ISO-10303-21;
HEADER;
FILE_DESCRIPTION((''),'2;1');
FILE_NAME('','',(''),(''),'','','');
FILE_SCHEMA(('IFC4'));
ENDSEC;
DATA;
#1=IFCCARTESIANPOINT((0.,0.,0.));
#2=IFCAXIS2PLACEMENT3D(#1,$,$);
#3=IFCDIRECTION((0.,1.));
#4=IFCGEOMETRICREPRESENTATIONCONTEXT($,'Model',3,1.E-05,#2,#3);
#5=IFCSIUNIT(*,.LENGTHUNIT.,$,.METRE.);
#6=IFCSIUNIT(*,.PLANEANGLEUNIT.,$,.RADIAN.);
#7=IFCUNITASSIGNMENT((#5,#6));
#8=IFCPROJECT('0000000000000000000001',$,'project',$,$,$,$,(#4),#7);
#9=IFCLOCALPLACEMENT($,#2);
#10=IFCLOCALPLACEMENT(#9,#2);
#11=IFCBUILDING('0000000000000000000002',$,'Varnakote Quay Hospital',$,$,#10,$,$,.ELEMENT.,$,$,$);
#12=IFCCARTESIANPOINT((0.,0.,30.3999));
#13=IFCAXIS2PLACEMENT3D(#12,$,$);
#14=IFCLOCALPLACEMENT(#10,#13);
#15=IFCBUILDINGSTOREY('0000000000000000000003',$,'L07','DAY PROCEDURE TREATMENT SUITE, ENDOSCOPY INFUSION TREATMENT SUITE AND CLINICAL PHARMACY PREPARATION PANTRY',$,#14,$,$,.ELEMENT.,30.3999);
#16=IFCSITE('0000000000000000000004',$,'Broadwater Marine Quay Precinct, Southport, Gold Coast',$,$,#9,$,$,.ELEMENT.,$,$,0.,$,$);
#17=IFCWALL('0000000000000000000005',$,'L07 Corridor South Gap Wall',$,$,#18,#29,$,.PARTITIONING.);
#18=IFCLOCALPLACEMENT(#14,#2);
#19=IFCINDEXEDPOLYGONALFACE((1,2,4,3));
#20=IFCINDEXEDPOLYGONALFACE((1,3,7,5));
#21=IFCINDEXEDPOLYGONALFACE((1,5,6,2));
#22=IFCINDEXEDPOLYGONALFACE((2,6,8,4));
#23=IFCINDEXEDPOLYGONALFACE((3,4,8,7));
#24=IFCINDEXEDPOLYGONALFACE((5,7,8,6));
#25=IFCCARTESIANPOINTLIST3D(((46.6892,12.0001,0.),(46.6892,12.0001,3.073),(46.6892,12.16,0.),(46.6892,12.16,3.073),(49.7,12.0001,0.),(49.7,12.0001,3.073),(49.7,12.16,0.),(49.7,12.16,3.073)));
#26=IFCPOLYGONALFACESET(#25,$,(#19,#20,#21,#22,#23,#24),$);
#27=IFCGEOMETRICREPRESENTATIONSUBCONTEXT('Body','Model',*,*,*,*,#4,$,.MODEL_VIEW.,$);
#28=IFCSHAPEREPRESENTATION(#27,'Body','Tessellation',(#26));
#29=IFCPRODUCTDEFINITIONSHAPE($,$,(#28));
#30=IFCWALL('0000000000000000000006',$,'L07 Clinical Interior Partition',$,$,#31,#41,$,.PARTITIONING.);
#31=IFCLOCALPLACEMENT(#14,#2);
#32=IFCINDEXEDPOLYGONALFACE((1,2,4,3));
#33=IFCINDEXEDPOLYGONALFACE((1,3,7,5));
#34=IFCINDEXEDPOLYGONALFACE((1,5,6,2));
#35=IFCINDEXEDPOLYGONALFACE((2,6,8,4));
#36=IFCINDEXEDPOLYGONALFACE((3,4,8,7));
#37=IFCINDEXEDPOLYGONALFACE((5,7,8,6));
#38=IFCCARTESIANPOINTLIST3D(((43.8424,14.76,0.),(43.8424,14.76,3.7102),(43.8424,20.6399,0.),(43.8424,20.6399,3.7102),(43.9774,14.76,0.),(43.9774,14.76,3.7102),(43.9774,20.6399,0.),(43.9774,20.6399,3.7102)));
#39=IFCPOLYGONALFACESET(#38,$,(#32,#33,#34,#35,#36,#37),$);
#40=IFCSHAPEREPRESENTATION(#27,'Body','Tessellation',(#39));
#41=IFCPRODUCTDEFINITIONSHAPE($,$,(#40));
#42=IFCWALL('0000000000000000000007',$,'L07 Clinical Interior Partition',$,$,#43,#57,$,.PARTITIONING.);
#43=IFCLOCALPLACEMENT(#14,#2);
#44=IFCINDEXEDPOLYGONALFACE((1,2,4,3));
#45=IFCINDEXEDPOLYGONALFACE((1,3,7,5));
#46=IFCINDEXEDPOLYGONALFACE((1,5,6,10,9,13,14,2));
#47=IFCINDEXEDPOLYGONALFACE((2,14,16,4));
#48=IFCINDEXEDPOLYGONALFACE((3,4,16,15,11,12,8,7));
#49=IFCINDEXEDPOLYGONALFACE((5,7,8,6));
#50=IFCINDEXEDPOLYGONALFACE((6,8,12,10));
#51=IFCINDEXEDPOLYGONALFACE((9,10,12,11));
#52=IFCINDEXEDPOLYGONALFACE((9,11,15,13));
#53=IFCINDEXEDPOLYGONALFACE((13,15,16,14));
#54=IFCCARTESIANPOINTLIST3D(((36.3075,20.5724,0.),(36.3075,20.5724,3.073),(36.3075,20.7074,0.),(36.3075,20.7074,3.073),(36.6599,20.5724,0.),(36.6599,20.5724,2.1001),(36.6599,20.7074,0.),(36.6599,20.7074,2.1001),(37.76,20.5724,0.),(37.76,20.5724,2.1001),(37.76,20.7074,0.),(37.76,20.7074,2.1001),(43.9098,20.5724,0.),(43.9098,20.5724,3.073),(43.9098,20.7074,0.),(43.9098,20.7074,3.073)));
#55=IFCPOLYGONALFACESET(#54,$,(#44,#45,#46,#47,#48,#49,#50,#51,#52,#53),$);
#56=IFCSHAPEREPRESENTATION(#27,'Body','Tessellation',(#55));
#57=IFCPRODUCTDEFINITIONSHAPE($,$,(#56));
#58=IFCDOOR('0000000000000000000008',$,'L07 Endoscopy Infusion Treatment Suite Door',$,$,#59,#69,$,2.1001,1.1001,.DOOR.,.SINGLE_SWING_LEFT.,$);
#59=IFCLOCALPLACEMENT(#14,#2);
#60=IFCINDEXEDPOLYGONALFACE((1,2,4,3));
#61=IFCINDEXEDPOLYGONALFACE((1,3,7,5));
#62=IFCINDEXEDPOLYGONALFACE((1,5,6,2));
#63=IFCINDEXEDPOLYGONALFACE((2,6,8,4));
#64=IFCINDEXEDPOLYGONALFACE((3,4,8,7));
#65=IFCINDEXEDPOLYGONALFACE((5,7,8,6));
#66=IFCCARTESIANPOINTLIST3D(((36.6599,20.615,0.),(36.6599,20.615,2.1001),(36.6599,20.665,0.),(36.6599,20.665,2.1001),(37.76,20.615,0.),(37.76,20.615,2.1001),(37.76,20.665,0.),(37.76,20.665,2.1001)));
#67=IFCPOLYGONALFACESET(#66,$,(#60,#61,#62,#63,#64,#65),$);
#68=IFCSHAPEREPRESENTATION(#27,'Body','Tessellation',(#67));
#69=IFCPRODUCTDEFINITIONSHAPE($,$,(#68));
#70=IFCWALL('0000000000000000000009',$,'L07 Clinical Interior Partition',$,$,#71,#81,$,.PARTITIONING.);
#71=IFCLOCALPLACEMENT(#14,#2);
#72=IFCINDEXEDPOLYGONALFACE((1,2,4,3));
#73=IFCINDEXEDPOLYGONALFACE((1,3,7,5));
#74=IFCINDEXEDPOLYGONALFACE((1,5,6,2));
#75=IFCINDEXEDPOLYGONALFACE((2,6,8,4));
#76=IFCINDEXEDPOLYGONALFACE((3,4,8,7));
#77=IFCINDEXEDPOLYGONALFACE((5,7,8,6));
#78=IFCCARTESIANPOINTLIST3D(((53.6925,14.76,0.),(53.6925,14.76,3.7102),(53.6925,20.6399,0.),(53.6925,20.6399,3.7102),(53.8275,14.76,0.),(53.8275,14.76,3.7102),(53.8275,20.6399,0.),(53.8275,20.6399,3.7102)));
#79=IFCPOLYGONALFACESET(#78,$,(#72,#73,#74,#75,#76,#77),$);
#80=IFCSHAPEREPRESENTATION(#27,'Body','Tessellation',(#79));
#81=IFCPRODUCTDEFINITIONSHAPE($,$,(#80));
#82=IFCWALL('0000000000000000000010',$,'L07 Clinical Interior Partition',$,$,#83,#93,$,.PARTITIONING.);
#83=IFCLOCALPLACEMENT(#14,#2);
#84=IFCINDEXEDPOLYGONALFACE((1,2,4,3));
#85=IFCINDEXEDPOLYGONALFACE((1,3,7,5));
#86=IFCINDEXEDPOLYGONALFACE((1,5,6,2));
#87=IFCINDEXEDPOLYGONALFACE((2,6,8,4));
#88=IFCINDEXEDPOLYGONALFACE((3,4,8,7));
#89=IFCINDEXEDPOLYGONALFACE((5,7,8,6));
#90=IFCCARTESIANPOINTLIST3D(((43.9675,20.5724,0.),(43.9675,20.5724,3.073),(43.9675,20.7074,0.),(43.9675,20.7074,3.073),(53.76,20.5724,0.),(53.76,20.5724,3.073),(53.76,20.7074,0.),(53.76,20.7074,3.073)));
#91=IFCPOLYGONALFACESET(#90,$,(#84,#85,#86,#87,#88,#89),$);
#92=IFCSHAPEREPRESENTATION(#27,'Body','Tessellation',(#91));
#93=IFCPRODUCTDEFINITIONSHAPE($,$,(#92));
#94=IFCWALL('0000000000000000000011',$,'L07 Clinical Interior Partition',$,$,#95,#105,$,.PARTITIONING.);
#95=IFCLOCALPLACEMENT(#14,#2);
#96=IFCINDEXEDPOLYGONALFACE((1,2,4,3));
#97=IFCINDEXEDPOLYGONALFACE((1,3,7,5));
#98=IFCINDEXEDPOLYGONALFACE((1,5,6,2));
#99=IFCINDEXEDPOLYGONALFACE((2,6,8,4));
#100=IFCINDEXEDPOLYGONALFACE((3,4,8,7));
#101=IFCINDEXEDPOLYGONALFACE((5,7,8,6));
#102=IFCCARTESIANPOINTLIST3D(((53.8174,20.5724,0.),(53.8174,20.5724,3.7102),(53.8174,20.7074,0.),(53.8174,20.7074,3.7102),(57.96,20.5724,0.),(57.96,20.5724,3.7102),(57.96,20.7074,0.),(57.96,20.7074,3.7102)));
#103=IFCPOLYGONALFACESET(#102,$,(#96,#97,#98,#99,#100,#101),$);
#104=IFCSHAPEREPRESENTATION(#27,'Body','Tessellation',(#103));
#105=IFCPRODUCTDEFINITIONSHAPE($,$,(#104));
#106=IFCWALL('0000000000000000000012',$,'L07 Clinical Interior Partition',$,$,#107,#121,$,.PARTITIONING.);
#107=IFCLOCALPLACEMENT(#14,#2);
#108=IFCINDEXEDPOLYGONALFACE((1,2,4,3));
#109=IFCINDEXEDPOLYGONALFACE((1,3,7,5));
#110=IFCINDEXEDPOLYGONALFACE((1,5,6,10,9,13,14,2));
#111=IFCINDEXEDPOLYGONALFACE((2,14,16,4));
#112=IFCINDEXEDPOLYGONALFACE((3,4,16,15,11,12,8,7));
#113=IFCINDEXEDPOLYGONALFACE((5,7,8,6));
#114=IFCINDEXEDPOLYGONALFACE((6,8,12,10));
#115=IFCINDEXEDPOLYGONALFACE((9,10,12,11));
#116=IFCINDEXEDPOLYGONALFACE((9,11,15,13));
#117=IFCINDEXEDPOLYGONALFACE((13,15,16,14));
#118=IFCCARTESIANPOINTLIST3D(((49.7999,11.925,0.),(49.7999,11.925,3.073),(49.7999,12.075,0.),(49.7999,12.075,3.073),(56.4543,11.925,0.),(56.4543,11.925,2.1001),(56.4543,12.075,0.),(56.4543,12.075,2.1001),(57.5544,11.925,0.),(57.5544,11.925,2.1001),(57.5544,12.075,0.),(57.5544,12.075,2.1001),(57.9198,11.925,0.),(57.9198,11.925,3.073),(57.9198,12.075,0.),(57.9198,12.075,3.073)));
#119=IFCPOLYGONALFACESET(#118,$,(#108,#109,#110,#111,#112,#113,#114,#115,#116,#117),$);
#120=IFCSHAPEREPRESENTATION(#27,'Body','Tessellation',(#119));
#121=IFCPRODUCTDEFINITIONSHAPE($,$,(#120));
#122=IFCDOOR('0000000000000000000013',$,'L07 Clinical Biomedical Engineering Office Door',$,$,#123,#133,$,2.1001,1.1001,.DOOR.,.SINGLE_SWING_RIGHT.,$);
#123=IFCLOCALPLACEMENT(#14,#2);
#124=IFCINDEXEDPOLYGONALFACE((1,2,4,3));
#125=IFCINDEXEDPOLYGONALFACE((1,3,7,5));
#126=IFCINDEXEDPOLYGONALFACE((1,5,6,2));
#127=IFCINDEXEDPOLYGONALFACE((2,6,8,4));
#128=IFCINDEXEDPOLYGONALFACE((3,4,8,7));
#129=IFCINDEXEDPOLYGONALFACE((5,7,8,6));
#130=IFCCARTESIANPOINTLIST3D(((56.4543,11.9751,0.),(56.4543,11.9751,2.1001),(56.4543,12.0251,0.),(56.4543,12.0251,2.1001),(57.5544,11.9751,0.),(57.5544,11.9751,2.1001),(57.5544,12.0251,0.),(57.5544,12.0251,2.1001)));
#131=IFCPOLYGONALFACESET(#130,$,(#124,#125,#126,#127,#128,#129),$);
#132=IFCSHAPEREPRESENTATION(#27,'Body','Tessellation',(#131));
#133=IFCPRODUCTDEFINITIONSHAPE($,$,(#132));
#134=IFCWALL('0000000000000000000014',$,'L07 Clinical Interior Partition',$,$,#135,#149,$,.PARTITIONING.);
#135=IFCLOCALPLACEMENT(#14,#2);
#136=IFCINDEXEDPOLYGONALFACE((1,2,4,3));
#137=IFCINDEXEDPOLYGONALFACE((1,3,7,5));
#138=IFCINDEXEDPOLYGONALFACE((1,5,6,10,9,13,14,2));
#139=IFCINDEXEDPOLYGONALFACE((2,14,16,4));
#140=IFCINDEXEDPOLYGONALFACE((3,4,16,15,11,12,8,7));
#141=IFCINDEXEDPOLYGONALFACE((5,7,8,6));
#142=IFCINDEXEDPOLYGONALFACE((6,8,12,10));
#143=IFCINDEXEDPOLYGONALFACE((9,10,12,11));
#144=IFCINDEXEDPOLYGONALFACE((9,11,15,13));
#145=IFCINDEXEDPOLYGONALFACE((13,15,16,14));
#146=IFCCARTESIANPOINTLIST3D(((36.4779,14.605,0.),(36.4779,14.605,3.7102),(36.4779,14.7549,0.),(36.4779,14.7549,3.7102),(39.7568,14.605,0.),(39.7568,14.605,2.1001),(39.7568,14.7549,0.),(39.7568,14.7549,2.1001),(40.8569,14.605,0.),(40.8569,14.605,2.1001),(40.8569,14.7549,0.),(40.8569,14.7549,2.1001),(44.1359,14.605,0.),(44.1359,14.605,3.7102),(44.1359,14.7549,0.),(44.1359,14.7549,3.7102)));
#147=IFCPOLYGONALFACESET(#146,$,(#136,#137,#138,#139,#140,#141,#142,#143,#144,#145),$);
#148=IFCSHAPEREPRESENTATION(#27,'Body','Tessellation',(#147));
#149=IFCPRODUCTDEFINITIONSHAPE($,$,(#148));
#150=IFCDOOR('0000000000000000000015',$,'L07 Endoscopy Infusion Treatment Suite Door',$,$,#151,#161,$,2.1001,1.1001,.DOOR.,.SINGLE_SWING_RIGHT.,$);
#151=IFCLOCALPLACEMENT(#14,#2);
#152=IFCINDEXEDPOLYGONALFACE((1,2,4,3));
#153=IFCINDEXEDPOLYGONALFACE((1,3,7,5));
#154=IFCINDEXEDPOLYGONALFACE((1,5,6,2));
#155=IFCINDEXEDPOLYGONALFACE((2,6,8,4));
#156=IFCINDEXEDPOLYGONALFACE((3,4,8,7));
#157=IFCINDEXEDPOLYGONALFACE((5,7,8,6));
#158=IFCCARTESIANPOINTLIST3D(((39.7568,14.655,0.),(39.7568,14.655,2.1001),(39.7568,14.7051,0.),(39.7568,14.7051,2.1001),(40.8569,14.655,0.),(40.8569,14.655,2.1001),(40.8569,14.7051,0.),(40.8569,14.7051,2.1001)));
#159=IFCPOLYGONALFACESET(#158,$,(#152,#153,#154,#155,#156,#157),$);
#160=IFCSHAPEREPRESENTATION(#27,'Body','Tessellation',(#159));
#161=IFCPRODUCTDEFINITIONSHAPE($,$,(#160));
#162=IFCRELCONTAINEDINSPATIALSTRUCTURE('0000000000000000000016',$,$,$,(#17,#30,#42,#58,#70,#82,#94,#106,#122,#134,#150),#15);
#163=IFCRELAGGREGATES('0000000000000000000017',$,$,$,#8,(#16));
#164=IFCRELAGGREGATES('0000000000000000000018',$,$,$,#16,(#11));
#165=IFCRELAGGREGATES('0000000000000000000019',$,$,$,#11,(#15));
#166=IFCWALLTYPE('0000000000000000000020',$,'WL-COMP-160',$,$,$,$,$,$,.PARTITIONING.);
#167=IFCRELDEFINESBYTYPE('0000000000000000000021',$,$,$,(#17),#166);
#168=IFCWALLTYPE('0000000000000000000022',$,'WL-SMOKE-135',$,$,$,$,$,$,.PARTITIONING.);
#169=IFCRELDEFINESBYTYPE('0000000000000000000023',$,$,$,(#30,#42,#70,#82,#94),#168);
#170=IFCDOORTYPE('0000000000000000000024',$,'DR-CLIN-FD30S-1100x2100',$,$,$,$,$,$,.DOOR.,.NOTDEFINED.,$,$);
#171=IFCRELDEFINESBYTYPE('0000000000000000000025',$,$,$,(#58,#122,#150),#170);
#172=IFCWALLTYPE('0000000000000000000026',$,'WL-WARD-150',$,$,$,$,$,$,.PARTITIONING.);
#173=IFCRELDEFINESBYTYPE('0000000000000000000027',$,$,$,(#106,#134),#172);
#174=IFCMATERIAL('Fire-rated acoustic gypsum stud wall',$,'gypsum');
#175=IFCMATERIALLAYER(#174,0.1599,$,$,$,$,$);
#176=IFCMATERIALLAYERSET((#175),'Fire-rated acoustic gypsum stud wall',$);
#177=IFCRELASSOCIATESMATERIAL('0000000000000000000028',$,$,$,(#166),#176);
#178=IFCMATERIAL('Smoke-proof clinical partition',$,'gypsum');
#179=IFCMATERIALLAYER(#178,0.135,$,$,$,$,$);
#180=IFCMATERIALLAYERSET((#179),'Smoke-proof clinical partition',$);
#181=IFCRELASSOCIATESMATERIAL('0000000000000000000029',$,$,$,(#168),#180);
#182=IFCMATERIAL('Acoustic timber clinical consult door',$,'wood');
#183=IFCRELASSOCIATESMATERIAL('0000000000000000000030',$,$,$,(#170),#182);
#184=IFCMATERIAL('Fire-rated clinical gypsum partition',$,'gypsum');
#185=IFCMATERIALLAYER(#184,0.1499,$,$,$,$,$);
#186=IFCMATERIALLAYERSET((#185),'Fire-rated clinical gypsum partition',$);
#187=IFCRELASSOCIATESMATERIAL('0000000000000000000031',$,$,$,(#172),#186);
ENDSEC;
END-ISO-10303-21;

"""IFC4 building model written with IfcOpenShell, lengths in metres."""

from ifc_helpers import new_model, si_unit, direction, frame, frame_2d, origin, place, context, subcontext, project, spatial, rectangle, extrude, material, layer, layer_set, type_object, element, fill, save


model = new_model("IFC4")

# Units and contexts
model_context = context("Model", 3, precision=1e-05, world=origin(), true_north=direction((0.0, 1.0)))
body_context = subcontext(model_context, "Body", "Model", "MODEL_VIEW")
ifc_project = project(units=[si_unit("LENGTHUNIT", "METRE"), si_unit("PLANEANGLEUNIT", "RADIAN")], contexts=[model_context])

# Site, building, storey
site_placement = place(None, origin())
site = spatial("IfcSite", under=ifc_project, at=site_placement, Name="Broadwater Marine Quay Precinct, Southport, Gold Coast", CompositionType="ELEMENT", RefElevation=0.0)
building_placement = place(site_placement, origin())
building = spatial("IfcBuilding", under=site, at=building_placement, Name="Varnakote Quay Hospital", CompositionType="ELEMENT")
storey_placement = place(building_placement, frame((0.0, 0.0, 30.3999)))
storey = spatial("IfcBuildingStorey", under=building, at=storey_placement, Name="L07", Description="DAY PROCEDURE TREATMENT SUITE, ENDOSCOPY INFUSION TREATMENT SUITE AND CLINICAL PHARMACY PREPARATION PANTRY", CompositionType="ELEMENT", Elevation=30.3999)

# Wall
ifc_material_1 = material(Name="Fire-rated acoustic gypsum stud wall", Category="gypsum")
ifc_layer_1 = layer(ifc_material_1, 0.1599)
ifc_layer_set_1 = layer_set([ifc_layer_1], Name="Fire-rated acoustic gypsum stud wall")
wall_type_1 = type_object("IfcWallType", Name="WL-COMP-160", PredefinedType="PARTITIONING", material=ifc_layer_set_1)
wall_1_placement = place(storey_placement, frame((46.6892, 12.0801, 0.0), z_axis=(0.0, 0.0, 1.0), x_axis=(1.0, 0.0, 0.0)))
element("IfcWall", 1, at=wall_1_placement, inside=storey, type_object=wall_type_1, Name="L07 Corridor South Gap Wall", PredefinedType="PARTITIONING", context=body_context, shape_type="SweptSolid", body=[
    extrude(rectangle(XDim=3.0107, YDim=0.1599, at=frame_2d((1.5054, 0.0))), origin(), (0.0, 0.0, 1.0), 3.073),
])

# Wall
ifc_material_2 = material(Name="Smoke-proof clinical partition", Category="gypsum")
ifc_layer_2 = layer(ifc_material_2, 0.135)
ifc_layer_set_2 = layer_set([ifc_layer_2], Name="Smoke-proof clinical partition")
wall_type_2 = type_object("IfcWallType", Name="WL-SMOKE-135", PredefinedType="PARTITIONING", material=ifc_layer_set_2)
wall_2_placement = place(storey_placement, frame((43.9099, 14.76, 0.0), z_axis=(0.0, 0.0, 1.0), x_axis=(0.0, 1.0, 0.0)))
element("IfcWall", 2, at=wall_2_placement, inside=storey, type_object=wall_type_2, Name="L07 Clinical Interior Partition", PredefinedType="PARTITIONING", context=body_context, shape_type="SweptSolid", body=[
    extrude(rectangle(XDim=5.8799, YDim=0.135, at=frame_2d((2.9399, 0.0))), origin(), (0.0, 0.0, 1.0), 3.7102),
])

# Wall, opening, door
wall_3_placement = place(storey_placement, frame((43.9099, 20.6399, 0.0), z_axis=(0.0, 0.0, 1.0), x_axis=(-1.0, 0.0, 0.0)))
wall_3 = element("IfcWall", 3, at=wall_3_placement, inside=storey, type_object=wall_type_2, Name="L07 Clinical Interior Partition", PredefinedType="PARTITIONING", context=body_context, shape_type="SweptSolid", body=[
    extrude(rectangle(XDim=7.6023, YDim=0.135, at=frame_2d((3.8013, 0.0))), origin(), (0.0, 0.0, 1.0), 3.073),
])
opening_1_placement = place(wall_3_placement, frame((6.1499, 0.0, 0.0)))
opening_1 = element("IfcOpeningElement", 4, at=opening_1_placement, cuts=wall_3, PredefinedType="OPENING", context=body_context, shape_type="SweptSolid", body=[
    extrude(rectangle(XDim=1.1001, YDim=2.1001, at=frame_2d((0.55, 1.05))), frame((0.0, 0.0774, 0.0), z_axis=(0.0, -1.0, 0.0), x_axis=(1.0, 0.0, 0.0)), (0.0, 0.0, 1.0), 0.155),
])
ifc_material_3 = material(Name="Acoustic timber clinical consult door", Category="wood")
door_type_1 = type_object("IfcDoorType", Name="DR-CLIN-FD30S-1100x2100", OperationType="NOTDEFINED", PredefinedType="DOOR", material=ifc_material_3)
door_1_placement = place(opening_1_placement, origin())
door_1 = element("IfcDoor", 5, at=door_1_placement, inside=storey, type_object=door_type_1, Name="L07 Endoscopy Infusion Treatment Suite Door", OperationType="SINGLE_SWING_LEFT", OverallHeight=2.1001, OverallWidth=1.1001, PredefinedType="DOOR", context=body_context, shape_type="SweptSolid", body=[
    extrude(rectangle(XDim=1.1001, YDim=2.1001, at=frame_2d((0.55, 1.05))), frame((0.0, 0.0249, 0.0), z_axis=(0.0, -1.0, 0.0), x_axis=(1.0, 0.0, 0.0)), (0.0, 0.0, 1.0), 0.05),
])
fill(opening_1, door_1)

# Walls
wall_4_placement = place(storey_placement, frame((53.76, 14.76, 0.0), z_axis=(0.0, 0.0, 1.0), x_axis=(0.0, 1.0, 0.0)))
element("IfcWall", 6, at=wall_4_placement, inside=storey, type_object=wall_type_2, Name="L07 Clinical Interior Partition", PredefinedType="PARTITIONING", context=body_context, shape_type="SweptSolid", body=[
    extrude(rectangle(XDim=5.8799, YDim=0.135, at=frame_2d((2.9399, 0.0))), origin(), (0.0, 0.0, 1.0), 3.7102),
])
wall_5_placement = place(storey_placement, frame((53.76, 20.6399, 0.0), z_axis=(0.0, 0.0, 1.0), x_axis=(-1.0, 0.0, 0.0)))
element("IfcWall", 7, at=wall_5_placement, inside=storey, type_object=wall_type_2, Name="L07 Clinical Interior Partition", PredefinedType="PARTITIONING", context=body_context, shape_type="SweptSolid", body=[
    extrude(rectangle(XDim=9.7925, YDim=0.135, at=frame_2d((4.8962, 0.0))), origin(), (0.0, 0.0, 1.0), 3.073),
])
wall_6_placement = place(storey_placement, frame((57.96, 20.6399, 0.0), z_axis=(0.0, 0.0, 1.0), x_axis=(-1.0, 0.0, 0.0)))
element("IfcWall", 8, at=wall_6_placement, inside=storey, type_object=wall_type_2, Name="L07 Clinical Interior Partition", PredefinedType="PARTITIONING", context=body_context, shape_type="SweptSolid", body=[
    extrude(rectangle(XDim=4.1426, YDim=0.135, at=frame_2d((2.0713, 0.0))), origin(), (0.0, 0.0, 1.0), 3.7102),
])

# Walls, openings, doors
ifc_material_4 = material(Name="Fire-rated clinical gypsum partition", Category="gypsum")
ifc_layer_3 = layer(ifc_material_4, 0.1499)
ifc_layer_set_3 = layer_set([ifc_layer_3], Name="Fire-rated clinical gypsum partition")
wall_type_3 = type_object("IfcWallType", Name="WL-WARD-150", PredefinedType="PARTITIONING", material=ifc_layer_set_3)
wall_7_placement = place(storey_placement, frame((57.9199, 12.0, 0.0), z_axis=(0.0, 0.0, 1.0), x_axis=(-1.0, 0.0, 0.0)))
wall_7 = element("IfcWall", 9, at=wall_7_placement, inside=storey, type_object=wall_type_3, Name="L07 Clinical Interior Partition", PredefinedType="PARTITIONING", context=body_context, shape_type="SweptSolid", body=[
    extrude(rectangle(XDim=8.1199, YDim=0.1499, at=frame_2d((4.0601, 0.0))), origin(), (0.0, 0.0, 1.0), 3.073),
])
opening_2_placement = place(wall_7_placement, frame((0.3655, 0.0, 0.0)))
opening_2 = element("IfcOpeningElement", 10, at=opening_2_placement, cuts=wall_7, PredefinedType="OPENING", context=body_context, shape_type="SweptSolid", body=[
    extrude(rectangle(XDim=1.1001, YDim=2.1001, at=frame_2d((0.55, 1.05))), frame((0.0, 0.085, 0.0), z_axis=(0.0, -1.0, 0.0), x_axis=(1.0, 0.0, 0.0)), (0.0, 0.0, 1.0), 0.1699),
])
door_2_placement = place(opening_2_placement, origin())
door_2 = element("IfcDoor", 11, at=door_2_placement, inside=storey, type_object=door_type_1, Name="L07 Clinical Biomedical Engineering Office Door", OperationType="SINGLE_SWING_RIGHT", OverallHeight=2.1001, OverallWidth=1.1001, PredefinedType="DOOR", context=body_context, shape_type="SweptSolid", body=[
    extrude(rectangle(XDim=1.1001, YDim=2.1001, at=frame_2d((0.55, 1.05))), frame((0.0, 0.0249, 0.0), z_axis=(0.0, -1.0, 0.0), x_axis=(1.0, 0.0, 0.0)), (0.0, 0.0, 1.0), 0.05),
])
fill(opening_2, door_2)
wall_8_placement = place(storey_placement, frame((44.136, 14.6799, 0.0), z_axis=(0.0, 0.0, 1.0), x_axis=(-1.0, 0.0, 0.0)))
wall_8 = element("IfcWall", 12, at=wall_8_placement, inside=storey, type_object=wall_type_3, Name="L07 Clinical Interior Partition", PredefinedType="PARTITIONING", context=body_context, shape_type="SweptSolid", body=[
    extrude(rectangle(XDim=7.658, YDim=0.1499, at=frame_2d((3.8291, 0.0))), origin(), (0.0, 0.0, 1.0), 3.7102),
])
opening_3_placement = place(wall_8_placement, frame((3.2791, 0.0, 0.0)))
opening_3 = element("IfcOpeningElement", 13, at=opening_3_placement, cuts=wall_8, PredefinedType="OPENING", context=body_context, shape_type="SweptSolid", body=[
    extrude(rectangle(XDim=1.1001, YDim=2.1001, at=frame_2d((0.55, 1.05))), frame((0.0, 0.085, 0.0), z_axis=(0.0, -1.0, 0.0), x_axis=(1.0, 0.0, 0.0)), (0.0, 0.0, 1.0), 0.1699),
])
door_3_placement = place(opening_3_placement, origin())
door_3 = element("IfcDoor", 14, at=door_3_placement, inside=storey, type_object=door_type_1, Name="L07 Endoscopy Infusion Treatment Suite Door", OperationType="SINGLE_SWING_RIGHT", OverallHeight=2.1001, OverallWidth=1.1001, PredefinedType="DOOR", context=body_context, shape_type="SweptSolid", body=[
    extrude(rectangle(XDim=1.1001, YDim=2.1001, at=frame_2d((0.55, 1.05))), frame((0.0, 0.0249, 0.0), z_axis=(0.0, -1.0, 0.0), x_axis=(1.0, 0.0, 0.0)), (0.0, 0.0, 1.0), 0.05),
])
fill(opening_3, door_3)

save(model, "model.ifc")
